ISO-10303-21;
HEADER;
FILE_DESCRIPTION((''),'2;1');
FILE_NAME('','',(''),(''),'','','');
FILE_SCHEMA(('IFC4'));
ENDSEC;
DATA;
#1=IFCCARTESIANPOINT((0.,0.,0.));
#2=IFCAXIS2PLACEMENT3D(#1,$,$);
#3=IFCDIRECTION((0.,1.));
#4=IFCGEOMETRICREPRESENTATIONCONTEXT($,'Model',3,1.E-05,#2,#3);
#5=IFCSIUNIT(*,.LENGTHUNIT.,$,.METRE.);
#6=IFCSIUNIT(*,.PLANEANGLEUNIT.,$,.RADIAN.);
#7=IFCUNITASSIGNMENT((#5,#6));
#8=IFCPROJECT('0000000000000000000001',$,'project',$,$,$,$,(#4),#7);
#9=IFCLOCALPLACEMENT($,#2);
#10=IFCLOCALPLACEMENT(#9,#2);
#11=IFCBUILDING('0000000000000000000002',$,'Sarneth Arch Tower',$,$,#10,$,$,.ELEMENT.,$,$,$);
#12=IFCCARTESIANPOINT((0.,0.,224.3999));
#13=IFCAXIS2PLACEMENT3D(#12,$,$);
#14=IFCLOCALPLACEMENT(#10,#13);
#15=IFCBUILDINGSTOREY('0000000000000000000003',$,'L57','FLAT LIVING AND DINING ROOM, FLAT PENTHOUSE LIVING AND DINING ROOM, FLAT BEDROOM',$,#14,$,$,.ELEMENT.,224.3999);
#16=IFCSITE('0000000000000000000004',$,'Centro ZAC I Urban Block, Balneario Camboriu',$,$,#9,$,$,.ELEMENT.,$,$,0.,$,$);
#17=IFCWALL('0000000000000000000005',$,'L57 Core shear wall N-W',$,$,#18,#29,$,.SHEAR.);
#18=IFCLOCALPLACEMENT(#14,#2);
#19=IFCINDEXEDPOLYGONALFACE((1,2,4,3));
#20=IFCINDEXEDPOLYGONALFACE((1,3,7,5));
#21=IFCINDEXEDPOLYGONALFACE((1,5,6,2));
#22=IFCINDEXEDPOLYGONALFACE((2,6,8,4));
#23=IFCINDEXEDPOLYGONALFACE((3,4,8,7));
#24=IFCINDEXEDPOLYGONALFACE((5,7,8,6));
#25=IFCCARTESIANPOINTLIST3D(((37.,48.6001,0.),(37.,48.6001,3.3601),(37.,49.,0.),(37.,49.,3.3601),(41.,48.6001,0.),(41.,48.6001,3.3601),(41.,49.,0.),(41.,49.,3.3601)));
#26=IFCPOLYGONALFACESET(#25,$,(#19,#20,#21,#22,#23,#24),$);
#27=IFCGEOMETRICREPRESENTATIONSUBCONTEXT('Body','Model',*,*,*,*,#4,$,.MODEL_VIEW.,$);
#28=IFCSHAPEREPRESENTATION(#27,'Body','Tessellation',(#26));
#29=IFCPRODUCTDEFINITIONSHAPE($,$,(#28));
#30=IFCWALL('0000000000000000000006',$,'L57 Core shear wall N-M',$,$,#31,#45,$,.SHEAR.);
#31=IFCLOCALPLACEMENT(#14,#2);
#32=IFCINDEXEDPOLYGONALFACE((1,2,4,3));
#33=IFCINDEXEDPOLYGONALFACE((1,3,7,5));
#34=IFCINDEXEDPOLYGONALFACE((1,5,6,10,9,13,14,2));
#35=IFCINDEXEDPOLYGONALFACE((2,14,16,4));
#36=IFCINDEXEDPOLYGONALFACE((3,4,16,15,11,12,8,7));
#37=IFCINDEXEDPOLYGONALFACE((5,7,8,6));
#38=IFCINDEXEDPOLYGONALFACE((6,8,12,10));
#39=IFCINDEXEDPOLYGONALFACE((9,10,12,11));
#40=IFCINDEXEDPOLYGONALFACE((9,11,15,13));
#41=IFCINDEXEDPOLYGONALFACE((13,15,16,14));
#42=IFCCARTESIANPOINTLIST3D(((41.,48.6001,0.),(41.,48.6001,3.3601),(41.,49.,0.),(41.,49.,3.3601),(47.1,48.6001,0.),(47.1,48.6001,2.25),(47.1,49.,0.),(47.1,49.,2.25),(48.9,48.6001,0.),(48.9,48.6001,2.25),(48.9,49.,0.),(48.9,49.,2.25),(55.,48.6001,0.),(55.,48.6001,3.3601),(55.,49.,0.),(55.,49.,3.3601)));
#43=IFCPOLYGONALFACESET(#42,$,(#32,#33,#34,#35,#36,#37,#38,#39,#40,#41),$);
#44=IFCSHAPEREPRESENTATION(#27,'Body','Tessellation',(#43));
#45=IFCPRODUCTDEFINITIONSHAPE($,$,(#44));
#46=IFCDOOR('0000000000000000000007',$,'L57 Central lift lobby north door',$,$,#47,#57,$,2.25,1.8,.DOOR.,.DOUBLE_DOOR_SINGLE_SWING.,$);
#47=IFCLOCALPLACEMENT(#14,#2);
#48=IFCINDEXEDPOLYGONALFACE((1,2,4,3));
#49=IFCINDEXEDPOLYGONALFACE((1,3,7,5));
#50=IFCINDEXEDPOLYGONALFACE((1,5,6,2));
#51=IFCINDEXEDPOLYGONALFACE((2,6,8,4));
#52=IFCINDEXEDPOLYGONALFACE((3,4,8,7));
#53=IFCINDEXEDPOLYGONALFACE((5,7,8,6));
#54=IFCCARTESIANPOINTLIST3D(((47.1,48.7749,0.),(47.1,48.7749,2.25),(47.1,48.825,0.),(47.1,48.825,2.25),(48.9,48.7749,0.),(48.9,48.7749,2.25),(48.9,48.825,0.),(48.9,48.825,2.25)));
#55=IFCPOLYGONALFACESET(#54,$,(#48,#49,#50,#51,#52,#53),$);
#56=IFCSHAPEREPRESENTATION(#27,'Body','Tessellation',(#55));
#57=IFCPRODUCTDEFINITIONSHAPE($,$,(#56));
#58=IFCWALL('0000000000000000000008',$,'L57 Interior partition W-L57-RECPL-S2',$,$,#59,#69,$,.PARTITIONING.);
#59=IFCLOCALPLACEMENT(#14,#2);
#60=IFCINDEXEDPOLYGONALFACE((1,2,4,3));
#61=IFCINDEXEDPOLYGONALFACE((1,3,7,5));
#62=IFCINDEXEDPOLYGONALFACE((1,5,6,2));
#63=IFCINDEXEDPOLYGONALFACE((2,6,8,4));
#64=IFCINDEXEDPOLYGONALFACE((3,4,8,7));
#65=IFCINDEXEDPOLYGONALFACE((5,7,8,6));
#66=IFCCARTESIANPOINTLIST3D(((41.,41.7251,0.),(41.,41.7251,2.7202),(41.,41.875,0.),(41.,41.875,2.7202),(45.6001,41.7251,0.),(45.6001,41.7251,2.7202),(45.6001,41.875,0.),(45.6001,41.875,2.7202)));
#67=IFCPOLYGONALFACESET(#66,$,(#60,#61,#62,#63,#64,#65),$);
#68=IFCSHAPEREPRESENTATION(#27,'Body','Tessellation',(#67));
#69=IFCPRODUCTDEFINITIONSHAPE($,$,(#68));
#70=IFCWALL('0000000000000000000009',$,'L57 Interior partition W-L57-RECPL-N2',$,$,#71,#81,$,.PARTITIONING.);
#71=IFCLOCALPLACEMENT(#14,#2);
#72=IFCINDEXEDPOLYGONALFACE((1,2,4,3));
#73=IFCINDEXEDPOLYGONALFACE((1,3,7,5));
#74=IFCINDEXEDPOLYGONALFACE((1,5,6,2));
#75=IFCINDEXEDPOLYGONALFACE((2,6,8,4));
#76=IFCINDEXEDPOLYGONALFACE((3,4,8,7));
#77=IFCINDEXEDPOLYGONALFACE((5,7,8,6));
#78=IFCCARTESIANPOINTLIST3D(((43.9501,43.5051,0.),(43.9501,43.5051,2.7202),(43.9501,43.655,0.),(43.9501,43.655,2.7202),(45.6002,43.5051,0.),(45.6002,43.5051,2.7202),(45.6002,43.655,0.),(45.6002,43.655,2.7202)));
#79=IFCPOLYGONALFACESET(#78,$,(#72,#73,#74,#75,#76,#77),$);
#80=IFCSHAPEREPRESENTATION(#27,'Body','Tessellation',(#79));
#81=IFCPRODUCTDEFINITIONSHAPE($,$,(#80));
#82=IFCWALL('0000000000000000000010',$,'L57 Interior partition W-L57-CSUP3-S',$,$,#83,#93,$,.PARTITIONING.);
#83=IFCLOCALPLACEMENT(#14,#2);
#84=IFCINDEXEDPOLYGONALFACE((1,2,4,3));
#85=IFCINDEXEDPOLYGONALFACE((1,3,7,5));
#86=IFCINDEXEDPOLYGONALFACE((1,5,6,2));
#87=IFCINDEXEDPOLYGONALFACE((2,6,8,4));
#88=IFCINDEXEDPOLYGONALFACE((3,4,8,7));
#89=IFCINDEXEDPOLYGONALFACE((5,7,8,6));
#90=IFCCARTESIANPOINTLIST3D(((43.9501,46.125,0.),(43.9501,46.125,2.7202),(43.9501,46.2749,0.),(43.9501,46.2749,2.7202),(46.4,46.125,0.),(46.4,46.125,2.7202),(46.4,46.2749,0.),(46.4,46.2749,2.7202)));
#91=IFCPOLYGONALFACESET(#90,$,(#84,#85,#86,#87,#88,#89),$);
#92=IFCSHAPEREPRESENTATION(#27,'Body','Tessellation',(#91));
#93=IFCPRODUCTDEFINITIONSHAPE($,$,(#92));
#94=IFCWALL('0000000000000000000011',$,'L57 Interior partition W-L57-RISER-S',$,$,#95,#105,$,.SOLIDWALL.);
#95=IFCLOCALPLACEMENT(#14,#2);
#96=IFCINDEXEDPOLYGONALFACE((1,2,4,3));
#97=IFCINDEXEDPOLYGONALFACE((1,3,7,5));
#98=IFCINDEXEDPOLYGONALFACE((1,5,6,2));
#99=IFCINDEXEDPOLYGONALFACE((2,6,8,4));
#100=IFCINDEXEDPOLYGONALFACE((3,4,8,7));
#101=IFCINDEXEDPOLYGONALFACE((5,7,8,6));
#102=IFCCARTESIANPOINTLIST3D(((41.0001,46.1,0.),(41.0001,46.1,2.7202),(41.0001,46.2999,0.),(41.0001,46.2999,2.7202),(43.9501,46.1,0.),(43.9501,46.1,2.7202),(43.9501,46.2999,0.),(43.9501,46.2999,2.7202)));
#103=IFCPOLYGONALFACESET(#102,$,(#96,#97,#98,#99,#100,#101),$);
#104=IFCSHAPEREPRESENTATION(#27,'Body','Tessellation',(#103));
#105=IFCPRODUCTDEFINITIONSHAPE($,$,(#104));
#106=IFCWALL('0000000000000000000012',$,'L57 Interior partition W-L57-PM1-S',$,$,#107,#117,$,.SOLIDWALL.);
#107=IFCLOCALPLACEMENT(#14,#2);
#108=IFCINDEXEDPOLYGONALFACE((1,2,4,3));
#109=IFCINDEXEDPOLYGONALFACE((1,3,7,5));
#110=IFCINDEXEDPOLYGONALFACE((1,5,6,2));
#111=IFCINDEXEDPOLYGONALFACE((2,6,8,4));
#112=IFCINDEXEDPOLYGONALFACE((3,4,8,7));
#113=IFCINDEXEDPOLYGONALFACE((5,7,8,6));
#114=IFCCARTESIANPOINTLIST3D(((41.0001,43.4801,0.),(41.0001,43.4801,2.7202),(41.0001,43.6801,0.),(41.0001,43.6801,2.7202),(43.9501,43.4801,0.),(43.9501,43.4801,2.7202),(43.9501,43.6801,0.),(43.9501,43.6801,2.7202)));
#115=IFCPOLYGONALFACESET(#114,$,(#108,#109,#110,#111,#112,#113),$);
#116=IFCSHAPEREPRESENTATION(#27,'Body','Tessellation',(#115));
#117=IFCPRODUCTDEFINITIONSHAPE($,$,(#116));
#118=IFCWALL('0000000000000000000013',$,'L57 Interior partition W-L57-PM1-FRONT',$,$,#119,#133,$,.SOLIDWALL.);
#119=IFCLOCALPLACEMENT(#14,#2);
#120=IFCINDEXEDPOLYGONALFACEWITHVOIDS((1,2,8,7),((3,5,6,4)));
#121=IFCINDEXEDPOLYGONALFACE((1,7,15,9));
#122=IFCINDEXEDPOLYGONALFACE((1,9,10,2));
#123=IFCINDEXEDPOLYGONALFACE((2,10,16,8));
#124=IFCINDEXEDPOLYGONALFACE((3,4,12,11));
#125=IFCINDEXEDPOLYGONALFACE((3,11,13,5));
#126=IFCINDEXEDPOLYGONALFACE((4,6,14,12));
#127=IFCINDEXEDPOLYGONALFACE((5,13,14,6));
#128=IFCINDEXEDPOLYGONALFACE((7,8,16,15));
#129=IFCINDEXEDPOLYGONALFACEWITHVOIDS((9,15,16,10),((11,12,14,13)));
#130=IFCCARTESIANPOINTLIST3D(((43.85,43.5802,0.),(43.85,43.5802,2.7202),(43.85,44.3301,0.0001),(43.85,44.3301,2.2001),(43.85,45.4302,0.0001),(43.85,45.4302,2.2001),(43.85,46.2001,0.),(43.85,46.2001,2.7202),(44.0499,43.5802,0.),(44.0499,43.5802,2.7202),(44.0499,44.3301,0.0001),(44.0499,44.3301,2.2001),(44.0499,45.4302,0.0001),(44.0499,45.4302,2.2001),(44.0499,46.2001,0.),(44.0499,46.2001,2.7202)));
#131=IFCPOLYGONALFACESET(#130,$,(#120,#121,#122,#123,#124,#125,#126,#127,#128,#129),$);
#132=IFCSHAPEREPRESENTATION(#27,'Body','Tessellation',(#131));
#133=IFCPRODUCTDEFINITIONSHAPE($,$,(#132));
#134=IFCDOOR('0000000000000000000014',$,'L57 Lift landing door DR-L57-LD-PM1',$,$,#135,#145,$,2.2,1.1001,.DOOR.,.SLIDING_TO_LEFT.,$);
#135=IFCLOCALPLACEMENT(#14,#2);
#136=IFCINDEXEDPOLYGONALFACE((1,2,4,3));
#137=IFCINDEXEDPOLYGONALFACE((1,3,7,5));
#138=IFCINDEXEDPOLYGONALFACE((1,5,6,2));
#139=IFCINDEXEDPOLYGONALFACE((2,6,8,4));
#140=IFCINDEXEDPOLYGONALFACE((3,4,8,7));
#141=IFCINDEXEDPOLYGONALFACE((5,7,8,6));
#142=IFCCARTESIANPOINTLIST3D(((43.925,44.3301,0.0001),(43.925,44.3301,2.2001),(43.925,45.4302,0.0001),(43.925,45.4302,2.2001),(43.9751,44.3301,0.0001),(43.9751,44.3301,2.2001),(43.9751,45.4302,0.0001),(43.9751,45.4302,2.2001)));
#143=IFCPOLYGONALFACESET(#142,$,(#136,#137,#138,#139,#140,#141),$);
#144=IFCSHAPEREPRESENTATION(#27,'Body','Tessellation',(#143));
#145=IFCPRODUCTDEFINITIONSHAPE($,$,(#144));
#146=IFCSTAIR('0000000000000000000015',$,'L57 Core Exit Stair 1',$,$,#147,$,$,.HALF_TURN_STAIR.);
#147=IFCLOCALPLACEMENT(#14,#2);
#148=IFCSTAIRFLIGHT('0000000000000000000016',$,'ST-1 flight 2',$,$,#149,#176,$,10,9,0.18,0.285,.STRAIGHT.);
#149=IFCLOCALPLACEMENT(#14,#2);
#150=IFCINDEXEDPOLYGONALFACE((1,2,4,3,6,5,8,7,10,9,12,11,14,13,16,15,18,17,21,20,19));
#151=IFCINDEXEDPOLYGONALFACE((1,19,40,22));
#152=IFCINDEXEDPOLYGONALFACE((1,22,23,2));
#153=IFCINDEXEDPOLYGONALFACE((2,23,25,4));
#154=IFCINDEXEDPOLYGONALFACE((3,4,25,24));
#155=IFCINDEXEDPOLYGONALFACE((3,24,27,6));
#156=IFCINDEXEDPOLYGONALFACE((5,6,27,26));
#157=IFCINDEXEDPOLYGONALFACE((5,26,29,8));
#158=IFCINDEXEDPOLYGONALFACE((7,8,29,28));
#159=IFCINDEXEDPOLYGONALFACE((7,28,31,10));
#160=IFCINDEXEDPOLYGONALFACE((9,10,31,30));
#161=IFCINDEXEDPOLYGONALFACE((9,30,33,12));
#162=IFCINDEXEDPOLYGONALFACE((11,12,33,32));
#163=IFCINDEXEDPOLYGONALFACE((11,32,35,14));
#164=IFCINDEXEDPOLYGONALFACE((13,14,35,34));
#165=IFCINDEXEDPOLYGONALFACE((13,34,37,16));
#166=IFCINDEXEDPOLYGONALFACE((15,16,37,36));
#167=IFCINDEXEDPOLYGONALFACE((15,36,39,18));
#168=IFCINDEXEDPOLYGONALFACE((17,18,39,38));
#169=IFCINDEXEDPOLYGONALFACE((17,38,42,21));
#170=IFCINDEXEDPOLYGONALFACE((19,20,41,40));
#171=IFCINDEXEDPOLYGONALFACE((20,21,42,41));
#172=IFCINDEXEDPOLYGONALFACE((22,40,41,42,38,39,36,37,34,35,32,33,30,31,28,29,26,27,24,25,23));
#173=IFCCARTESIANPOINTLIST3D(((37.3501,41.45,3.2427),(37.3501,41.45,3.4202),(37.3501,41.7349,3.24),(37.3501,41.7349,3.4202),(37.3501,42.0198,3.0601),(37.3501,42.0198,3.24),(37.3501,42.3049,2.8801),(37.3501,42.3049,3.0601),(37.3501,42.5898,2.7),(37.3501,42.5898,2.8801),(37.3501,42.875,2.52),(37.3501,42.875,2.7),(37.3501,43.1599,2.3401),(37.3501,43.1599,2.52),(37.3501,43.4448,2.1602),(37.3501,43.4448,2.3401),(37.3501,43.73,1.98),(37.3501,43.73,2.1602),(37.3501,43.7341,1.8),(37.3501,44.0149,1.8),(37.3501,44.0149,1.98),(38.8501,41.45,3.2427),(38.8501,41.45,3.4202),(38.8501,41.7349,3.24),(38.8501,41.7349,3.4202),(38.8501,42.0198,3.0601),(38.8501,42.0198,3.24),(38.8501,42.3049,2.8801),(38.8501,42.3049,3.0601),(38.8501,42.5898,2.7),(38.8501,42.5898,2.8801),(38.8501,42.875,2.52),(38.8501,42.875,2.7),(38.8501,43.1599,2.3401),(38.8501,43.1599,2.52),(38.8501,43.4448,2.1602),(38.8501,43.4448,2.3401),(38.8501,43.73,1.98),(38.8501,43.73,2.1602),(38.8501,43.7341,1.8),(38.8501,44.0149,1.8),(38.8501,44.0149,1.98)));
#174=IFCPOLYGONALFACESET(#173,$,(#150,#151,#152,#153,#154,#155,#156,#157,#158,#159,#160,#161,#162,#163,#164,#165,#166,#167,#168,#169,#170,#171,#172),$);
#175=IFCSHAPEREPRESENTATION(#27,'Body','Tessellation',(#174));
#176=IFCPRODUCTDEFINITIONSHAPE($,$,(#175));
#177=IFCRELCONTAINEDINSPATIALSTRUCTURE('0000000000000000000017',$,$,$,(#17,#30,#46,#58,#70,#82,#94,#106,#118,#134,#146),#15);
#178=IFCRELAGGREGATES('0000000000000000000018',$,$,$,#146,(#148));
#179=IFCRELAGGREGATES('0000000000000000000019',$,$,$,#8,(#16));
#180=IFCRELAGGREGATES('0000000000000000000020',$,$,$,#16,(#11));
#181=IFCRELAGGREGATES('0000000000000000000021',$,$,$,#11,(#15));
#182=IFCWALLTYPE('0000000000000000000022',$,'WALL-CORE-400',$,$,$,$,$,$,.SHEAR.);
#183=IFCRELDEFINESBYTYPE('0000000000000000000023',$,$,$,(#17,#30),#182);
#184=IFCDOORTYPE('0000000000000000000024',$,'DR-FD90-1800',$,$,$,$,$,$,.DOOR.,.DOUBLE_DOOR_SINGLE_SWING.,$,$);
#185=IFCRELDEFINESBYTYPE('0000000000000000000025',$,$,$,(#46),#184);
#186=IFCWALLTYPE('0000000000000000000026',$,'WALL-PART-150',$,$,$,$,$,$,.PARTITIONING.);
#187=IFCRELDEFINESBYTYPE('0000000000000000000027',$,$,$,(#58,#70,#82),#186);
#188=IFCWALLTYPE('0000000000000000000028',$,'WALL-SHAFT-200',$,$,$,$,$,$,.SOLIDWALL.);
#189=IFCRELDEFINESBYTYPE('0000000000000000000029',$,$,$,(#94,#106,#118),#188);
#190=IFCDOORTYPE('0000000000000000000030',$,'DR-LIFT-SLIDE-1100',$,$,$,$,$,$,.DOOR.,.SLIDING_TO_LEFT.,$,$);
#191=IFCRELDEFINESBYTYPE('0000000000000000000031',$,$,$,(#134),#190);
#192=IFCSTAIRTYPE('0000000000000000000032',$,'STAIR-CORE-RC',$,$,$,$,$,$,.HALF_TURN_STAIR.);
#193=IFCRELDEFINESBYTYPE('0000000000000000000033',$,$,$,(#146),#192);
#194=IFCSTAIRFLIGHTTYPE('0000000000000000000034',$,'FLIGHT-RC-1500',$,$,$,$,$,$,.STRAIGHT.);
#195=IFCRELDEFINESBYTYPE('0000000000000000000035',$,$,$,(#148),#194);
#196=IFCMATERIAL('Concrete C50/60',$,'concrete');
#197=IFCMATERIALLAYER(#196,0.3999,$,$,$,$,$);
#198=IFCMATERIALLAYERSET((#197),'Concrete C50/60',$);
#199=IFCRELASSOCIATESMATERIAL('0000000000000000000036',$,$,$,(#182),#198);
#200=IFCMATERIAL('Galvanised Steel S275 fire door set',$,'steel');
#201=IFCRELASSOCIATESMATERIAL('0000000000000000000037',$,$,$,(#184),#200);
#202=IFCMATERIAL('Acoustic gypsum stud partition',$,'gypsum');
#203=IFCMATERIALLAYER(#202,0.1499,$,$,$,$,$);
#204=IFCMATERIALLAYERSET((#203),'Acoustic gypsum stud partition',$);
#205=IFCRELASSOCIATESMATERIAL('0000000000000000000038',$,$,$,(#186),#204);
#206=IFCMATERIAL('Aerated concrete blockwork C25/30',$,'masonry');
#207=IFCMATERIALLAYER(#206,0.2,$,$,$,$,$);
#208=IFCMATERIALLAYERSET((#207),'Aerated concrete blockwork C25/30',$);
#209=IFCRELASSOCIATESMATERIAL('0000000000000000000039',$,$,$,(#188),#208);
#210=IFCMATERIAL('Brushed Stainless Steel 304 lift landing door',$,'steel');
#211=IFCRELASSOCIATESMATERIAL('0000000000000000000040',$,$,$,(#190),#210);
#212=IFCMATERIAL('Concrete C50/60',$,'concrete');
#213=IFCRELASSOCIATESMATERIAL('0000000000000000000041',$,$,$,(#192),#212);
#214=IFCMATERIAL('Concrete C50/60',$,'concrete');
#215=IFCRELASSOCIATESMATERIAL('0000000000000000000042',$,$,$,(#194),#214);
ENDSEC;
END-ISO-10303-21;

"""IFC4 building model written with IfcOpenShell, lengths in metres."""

from ifc_helpers import new_model, si_unit, direction, frame, frame_2d, origin, place, context, subcontext, project, spatial, polyline, rectangle, outline, extrude, material, layer, layer_set, type_object, element, fill, aggregate, save


model = new_model("IFC4")

# Units and contexts
model_context = context("Model", 3, precision=1e-05, world=origin(), true_north=direction((0.0, 1.0)))
body_context = subcontext(model_context, "Body", "Model", "MODEL_VIEW")
ifc_project = project(units=[si_unit("LENGTHUNIT", "METRE"), si_unit("PLANEANGLEUNIT", "RADIAN")], contexts=[model_context])

# Site, building, storey
site_placement = place(None, origin())
site = spatial("IfcSite", under=ifc_project, at=site_placement, Name="Centro ZAC I Urban Block, Balneario Camboriu", CompositionType="ELEMENT", RefElevation=0.0)
building_placement = place(site_placement, origin())
building = spatial("IfcBuilding", under=site, at=building_placement, Name="Sarneth Arch Tower", CompositionType="ELEMENT")
storey_placement = place(building_placement, frame((0.0, 0.0, 224.3999)))
storey = spatial("IfcBuildingStorey", under=building, at=storey_placement, Name="L57", Description="FLAT LIVING AND DINING ROOM, FLAT PENTHOUSE LIVING AND DINING ROOM, FLAT BEDROOM", CompositionType="ELEMENT", Elevation=224.3999)

# Wall
ifc_material_1 = material(Name="Concrete C50/60", Category="concrete")
ifc_layer_1 = layer(ifc_material_1, 0.3999)
ifc_layer_set_1 = layer_set([ifc_layer_1], Name="Concrete C50/60")
wall_type_1 = type_object("IfcWallType", Name="WALL-CORE-400", PredefinedType="SHEAR", material=ifc_layer_set_1)
wall_1_placement = place(storey_placement, frame((37.0, 48.8, 0.0), z_axis=(0.0, 0.0, 1.0), x_axis=(1.0, 0.0, 0.0)))
element("IfcWall", 1, at=wall_1_placement, inside=storey, type_object=wall_type_1, Name="L57 Core shear wall N-W", PredefinedType="SHEAR", context=body_context, shape_type="SweptSolid", body=[
    extrude(rectangle(XDim=4.0, YDim=0.3999, at=frame_2d((2.0, 0.0))), origin(), (0.0, 0.0, 1.0), 3.3601),
])

# Wall, opening, door
wall_2_placement = place(storey_placement, frame((41.0, 48.8, 0.0), z_axis=(0.0, 0.0, 1.0), x_axis=(1.0, 0.0, 0.0)))
wall_2 = element("IfcWall", 2, at=wall_2_placement, inside=storey, type_object=wall_type_1, Name="L57 Core shear wall N-M", PredefinedType="SHEAR", context=body_context, shape_type="SweptSolid", body=[
    extrude(rectangle(XDim=14.0, YDim=0.3999, at=frame_2d((7.0, 0.0))), origin(), (0.0, 0.0, 1.0), 3.3601),
])
opening_1_placement = place(wall_2_placement, frame((6.1001, 0.0, 0.0)))
opening_1 = element("IfcOpeningElement", 3, at=opening_1_placement, cuts=wall_2, PredefinedType="OPENING", context=body_context, shape_type="SweptSolid", body=[
    extrude(rectangle(XDim=1.8, YDim=2.25, at=frame_2d((0.8999, 1.125))), frame((0.0, 0.21, 0.0), z_axis=(0.0, -1.0, 0.0), x_axis=(1.0, 0.0, 0.0)), (0.0, 0.0, 1.0), 0.4199),
])
ifc_material_2 = material(Name="Galvanised Steel S275 fire door set", Category="steel")
door_type_1 = type_object("IfcDoorType", Name="DR-FD90-1800", OperationType="DOUBLE_DOOR_SINGLE_SWING", PredefinedType="DOOR", material=ifc_material_2)
door_1_placement = place(opening_1_placement, origin())
door_1 = element("IfcDoor", 4, at=door_1_placement, inside=storey, type_object=door_type_1, Name="L57 Central lift lobby north door", OperationType="DOUBLE_DOOR_SINGLE_SWING", OverallHeight=2.25, OverallWidth=1.8, PredefinedType="DOOR", context=body_context, shape_type="SweptSolid", body=[
    extrude(rectangle(XDim=1.8, YDim=2.25, at=frame_2d((0.8999, 1.125))), frame((0.0, 0.0249, 0.0), z_axis=(0.0, -1.0, 0.0), x_axis=(1.0, 0.0, 0.0)), (0.0, 0.0, 1.0), 0.05),
])
fill(opening_1, door_1)

# Walls
ifc_material_3 = material(Name="Acoustic gypsum stud partition", Category="gypsum")
ifc_layer_2 = layer(ifc_material_3, 0.1499)
ifc_layer_set_2 = layer_set([ifc_layer_2], Name="Acoustic gypsum stud partition")
wall_type_2 = type_object("IfcWallType", Name="WALL-PART-150", PredefinedType="PARTITIONING", material=ifc_layer_set_2)
wall_3_placement = place(storey_placement, frame((41.0, 41.8, 0.0), z_axis=(0.0, 0.0, 1.0), x_axis=(1.0, 0.0, 0.0)))
element("IfcWall", 5, at=wall_3_placement, inside=storey, type_object=wall_type_2, Name="L57 Interior partition W-L57-RECPL-S2", PredefinedType="PARTITIONING", context=body_context, shape_type="SweptSolid", body=[
    extrude(rectangle(XDim=4.6001, YDim=0.1499, at=frame_2d((2.3, 0.0))), origin(), (0.0, 0.0, 1.0), 2.7202),
])
wall_4_placement = place(storey_placement, frame((43.95, 43.5801, 0.0), z_axis=(0.0, 0.0, 1.0), x_axis=(1.0, 0.0, 0.0)))
element("IfcWall", 6, at=wall_4_placement, inside=storey, type_object=wall_type_2, Name="L57 Interior partition W-L57-RECPL-N2", PredefinedType="PARTITIONING", context=body_context, shape_type="SweptSolid", body=[
    extrude(rectangle(XDim=1.6501, YDim=0.1499, at=frame_2d((0.8252, 0.0))), origin(), (0.0, 0.0, 1.0), 2.7202),
])

# Wall
wall_5_placement = place(storey_placement, frame((43.95, 46.2, 0.0), z_axis=(0.0, 0.0, 1.0), x_axis=(1.0, 0.0, 0.0)))
element("IfcWall", 7, at=wall_5_placement, inside=storey, type_object=wall_type_2, Name="L57 Interior partition W-L57-CSUP3-S", PredefinedType="PARTITIONING", context=body_context, shape_type="SweptSolid", body=[
    extrude(rectangle(XDim=2.45, YDim=0.1499, at=frame_2d((1.2251, 0.0))), origin(), (0.0, 0.0, 1.0), 2.7202),
])

# Wall
ifc_material_4 = material(Name="Aerated concrete blockwork C25/30", Category="masonry")
ifc_layer_3 = layer(ifc_material_4, 0.2)
ifc_layer_set_3 = layer_set([ifc_layer_3], Name="Aerated concrete blockwork C25/30")
wall_type_3 = type_object("IfcWallType", Name="WALL-SHAFT-200", PredefinedType="SOLIDWALL", material=ifc_layer_set_3)
wall_6_placement = place(storey_placement, frame((41.0, 46.2, 0.0), z_axis=(0.0, 0.0, 1.0), x_axis=(1.0, 0.0, 0.0)))
element("IfcWall", 8, at=wall_6_placement, inside=storey, type_object=wall_type_3, Name="L57 Interior partition W-L57-RISER-S", PredefinedType="SOLIDWALL", context=body_context, shape_type="SweptSolid", body=[
    extrude(rectangle(XDim=2.95, YDim=0.2, at=frame_2d((1.4751, 0.0))), origin(), (0.0, 0.0, 1.0), 2.7202),
])

# Wall
wall_7_placement = place(storey_placement, frame((41.0, 43.5801, 0.0), z_axis=(0.0, 0.0, 1.0), x_axis=(1.0, 0.0, 0.0)))
element("IfcWall", 9, at=wall_7_placement, inside=storey, type_object=wall_type_3, Name="L57 Interior partition W-L57-PM1-S", PredefinedType="SOLIDWALL", context=body_context, shape_type="SweptSolid", body=[
    extrude(rectangle(XDim=2.95, YDim=0.2, at=frame_2d((1.4751, 0.0))), origin(), (0.0, 0.0, 1.0), 2.7202),
])

# Wall, opening, door
wall_8_placement = place(storey_placement, frame((43.95, 43.5801, 0.0), z_axis=(0.0, 0.0, 1.0), x_axis=(0.0, 1.0, 0.0)))
wall_8 = element("IfcWall", 10, at=wall_8_placement, inside=storey, type_object=wall_type_3, Name="L57 Interior partition W-L57-PM1-FRONT", PredefinedType="SOLIDWALL", context=body_context, shape_type="SweptSolid", body=[
    extrude(rectangle(XDim=2.6199, YDim=0.2, at=frame_2d((1.3101, 0.0))), origin(), (0.0, 0.0, 1.0), 2.7202),
])
opening_2_placement = place(wall_8_placement, frame((0.75, 0.0, 0.0)))
opening_2 = element("IfcOpeningElement", 11, at=opening_2_placement, cuts=wall_8, PredefinedType="OPENING", context=body_context, shape_type="SweptSolid", body=[
    extrude(rectangle(XDim=1.1001, YDim=2.2, at=frame_2d((0.55, 1.1001))), frame((0.0, 0.1099, 0.0), z_axis=(0.0, -1.0, 0.0), x_axis=(1.0, 0.0, 0.0)), (0.0, 0.0, 1.0), 0.22),
])
ifc_material_5 = material(Name="Brushed Stainless Steel 304 lift landing door", Category="steel")
door_type_2 = type_object("IfcDoorType", Name="DR-LIFT-SLIDE-1100", OperationType="SLIDING_TO_LEFT", PredefinedType="DOOR", material=ifc_material_5)
door_2_placement = place(opening_2_placement, origin())
door_2 = element("IfcDoor", 12, at=door_2_placement, inside=storey, type_object=door_type_2, Name="L57 Lift landing door DR-L57-LD-PM1", OperationType="SLIDING_TO_LEFT", OverallHeight=2.2, OverallWidth=1.1001, PredefinedType="DOOR", context=body_context, shape_type="SweptSolid", body=[
    extrude(rectangle(XDim=1.1001, YDim=2.2, at=frame_2d((0.55, 1.1001))), frame((0.0, 0.0249, 0.0), z_axis=(0.0, -1.0, 0.0), x_axis=(1.0, 0.0, 0.0)), (0.0, 0.0, 1.0), 0.05),
])
fill(opening_2, door_2)

# Stair, stair flight
ifc_material_6 = material(Name="Concrete C50/60", Category="concrete")
stair_type = type_object("IfcStairType", Name="STAIR-CORE-RC", PredefinedType="HALF_TURN_STAIR", material=ifc_material_6)
stair_placement = place(storey_placement, origin())
stair = element("IfcStair", 13, at=stair_placement, inside=storey, type_object=stair_type, Name="L57 Core Exit Stair 1", PredefinedType="HALF_TURN_STAIR")
ifc_material_7 = material(Name="Concrete C50/60", Category="concrete")
stair_flight_type = type_object("IfcStairFlightType", Name="FLIGHT-RC-1500", PredefinedType="STRAIGHT", material=ifc_material_7)
stair_flight_placement = place(storey_placement, frame((38.1001, 44.0149, 1.8), z_axis=(0.0, 0.0, 1.0), x_axis=(0.0, -1.0, 0.0)))
stair_flight = element("IfcStairFlight", 14, at=stair_flight_placement, type_object=stair_flight_type, Name="ST-1 flight 2", NumberOfRisers=10, NumberOfTreads=9, PredefinedType="STRAIGHT", RiserHeight=0.18, TreadLength=0.285, context=body_context, shape_type="SweptSolid", body=[
    extrude(outline(polyline([(0.0, 0.0), (0.0, 0.1799), (0.2849, 0.1799), (0.2849, 0.3601), (0.5701, 0.3601), (0.5701, 0.54), (0.855, 0.54), (0.855, 0.72), (1.1399, 0.72), (1.1399, 0.8999), (1.425, 0.8999), (1.425, 1.0801), (1.71, 1.0801), (1.71, 1.26), (1.9951, 1.26), (1.9951, 1.4399), (2.28, 1.4399), (2.28, 1.6201), (2.5649, 1.6201), (2.5649, 1.8), (2.5649, 1.4426), (0.2808, 0.0), (0.0, 0.0)])), frame((0.0, 0.75, 0.0), z_axis=(0.0, -1.0, 0.0), x_axis=(1.0, 0.0, 0.0)), (0.0, 0.0, 1.0), 1.5),
])
aggregate(stair, [stair_flight])

save(model, "model.ifc")
